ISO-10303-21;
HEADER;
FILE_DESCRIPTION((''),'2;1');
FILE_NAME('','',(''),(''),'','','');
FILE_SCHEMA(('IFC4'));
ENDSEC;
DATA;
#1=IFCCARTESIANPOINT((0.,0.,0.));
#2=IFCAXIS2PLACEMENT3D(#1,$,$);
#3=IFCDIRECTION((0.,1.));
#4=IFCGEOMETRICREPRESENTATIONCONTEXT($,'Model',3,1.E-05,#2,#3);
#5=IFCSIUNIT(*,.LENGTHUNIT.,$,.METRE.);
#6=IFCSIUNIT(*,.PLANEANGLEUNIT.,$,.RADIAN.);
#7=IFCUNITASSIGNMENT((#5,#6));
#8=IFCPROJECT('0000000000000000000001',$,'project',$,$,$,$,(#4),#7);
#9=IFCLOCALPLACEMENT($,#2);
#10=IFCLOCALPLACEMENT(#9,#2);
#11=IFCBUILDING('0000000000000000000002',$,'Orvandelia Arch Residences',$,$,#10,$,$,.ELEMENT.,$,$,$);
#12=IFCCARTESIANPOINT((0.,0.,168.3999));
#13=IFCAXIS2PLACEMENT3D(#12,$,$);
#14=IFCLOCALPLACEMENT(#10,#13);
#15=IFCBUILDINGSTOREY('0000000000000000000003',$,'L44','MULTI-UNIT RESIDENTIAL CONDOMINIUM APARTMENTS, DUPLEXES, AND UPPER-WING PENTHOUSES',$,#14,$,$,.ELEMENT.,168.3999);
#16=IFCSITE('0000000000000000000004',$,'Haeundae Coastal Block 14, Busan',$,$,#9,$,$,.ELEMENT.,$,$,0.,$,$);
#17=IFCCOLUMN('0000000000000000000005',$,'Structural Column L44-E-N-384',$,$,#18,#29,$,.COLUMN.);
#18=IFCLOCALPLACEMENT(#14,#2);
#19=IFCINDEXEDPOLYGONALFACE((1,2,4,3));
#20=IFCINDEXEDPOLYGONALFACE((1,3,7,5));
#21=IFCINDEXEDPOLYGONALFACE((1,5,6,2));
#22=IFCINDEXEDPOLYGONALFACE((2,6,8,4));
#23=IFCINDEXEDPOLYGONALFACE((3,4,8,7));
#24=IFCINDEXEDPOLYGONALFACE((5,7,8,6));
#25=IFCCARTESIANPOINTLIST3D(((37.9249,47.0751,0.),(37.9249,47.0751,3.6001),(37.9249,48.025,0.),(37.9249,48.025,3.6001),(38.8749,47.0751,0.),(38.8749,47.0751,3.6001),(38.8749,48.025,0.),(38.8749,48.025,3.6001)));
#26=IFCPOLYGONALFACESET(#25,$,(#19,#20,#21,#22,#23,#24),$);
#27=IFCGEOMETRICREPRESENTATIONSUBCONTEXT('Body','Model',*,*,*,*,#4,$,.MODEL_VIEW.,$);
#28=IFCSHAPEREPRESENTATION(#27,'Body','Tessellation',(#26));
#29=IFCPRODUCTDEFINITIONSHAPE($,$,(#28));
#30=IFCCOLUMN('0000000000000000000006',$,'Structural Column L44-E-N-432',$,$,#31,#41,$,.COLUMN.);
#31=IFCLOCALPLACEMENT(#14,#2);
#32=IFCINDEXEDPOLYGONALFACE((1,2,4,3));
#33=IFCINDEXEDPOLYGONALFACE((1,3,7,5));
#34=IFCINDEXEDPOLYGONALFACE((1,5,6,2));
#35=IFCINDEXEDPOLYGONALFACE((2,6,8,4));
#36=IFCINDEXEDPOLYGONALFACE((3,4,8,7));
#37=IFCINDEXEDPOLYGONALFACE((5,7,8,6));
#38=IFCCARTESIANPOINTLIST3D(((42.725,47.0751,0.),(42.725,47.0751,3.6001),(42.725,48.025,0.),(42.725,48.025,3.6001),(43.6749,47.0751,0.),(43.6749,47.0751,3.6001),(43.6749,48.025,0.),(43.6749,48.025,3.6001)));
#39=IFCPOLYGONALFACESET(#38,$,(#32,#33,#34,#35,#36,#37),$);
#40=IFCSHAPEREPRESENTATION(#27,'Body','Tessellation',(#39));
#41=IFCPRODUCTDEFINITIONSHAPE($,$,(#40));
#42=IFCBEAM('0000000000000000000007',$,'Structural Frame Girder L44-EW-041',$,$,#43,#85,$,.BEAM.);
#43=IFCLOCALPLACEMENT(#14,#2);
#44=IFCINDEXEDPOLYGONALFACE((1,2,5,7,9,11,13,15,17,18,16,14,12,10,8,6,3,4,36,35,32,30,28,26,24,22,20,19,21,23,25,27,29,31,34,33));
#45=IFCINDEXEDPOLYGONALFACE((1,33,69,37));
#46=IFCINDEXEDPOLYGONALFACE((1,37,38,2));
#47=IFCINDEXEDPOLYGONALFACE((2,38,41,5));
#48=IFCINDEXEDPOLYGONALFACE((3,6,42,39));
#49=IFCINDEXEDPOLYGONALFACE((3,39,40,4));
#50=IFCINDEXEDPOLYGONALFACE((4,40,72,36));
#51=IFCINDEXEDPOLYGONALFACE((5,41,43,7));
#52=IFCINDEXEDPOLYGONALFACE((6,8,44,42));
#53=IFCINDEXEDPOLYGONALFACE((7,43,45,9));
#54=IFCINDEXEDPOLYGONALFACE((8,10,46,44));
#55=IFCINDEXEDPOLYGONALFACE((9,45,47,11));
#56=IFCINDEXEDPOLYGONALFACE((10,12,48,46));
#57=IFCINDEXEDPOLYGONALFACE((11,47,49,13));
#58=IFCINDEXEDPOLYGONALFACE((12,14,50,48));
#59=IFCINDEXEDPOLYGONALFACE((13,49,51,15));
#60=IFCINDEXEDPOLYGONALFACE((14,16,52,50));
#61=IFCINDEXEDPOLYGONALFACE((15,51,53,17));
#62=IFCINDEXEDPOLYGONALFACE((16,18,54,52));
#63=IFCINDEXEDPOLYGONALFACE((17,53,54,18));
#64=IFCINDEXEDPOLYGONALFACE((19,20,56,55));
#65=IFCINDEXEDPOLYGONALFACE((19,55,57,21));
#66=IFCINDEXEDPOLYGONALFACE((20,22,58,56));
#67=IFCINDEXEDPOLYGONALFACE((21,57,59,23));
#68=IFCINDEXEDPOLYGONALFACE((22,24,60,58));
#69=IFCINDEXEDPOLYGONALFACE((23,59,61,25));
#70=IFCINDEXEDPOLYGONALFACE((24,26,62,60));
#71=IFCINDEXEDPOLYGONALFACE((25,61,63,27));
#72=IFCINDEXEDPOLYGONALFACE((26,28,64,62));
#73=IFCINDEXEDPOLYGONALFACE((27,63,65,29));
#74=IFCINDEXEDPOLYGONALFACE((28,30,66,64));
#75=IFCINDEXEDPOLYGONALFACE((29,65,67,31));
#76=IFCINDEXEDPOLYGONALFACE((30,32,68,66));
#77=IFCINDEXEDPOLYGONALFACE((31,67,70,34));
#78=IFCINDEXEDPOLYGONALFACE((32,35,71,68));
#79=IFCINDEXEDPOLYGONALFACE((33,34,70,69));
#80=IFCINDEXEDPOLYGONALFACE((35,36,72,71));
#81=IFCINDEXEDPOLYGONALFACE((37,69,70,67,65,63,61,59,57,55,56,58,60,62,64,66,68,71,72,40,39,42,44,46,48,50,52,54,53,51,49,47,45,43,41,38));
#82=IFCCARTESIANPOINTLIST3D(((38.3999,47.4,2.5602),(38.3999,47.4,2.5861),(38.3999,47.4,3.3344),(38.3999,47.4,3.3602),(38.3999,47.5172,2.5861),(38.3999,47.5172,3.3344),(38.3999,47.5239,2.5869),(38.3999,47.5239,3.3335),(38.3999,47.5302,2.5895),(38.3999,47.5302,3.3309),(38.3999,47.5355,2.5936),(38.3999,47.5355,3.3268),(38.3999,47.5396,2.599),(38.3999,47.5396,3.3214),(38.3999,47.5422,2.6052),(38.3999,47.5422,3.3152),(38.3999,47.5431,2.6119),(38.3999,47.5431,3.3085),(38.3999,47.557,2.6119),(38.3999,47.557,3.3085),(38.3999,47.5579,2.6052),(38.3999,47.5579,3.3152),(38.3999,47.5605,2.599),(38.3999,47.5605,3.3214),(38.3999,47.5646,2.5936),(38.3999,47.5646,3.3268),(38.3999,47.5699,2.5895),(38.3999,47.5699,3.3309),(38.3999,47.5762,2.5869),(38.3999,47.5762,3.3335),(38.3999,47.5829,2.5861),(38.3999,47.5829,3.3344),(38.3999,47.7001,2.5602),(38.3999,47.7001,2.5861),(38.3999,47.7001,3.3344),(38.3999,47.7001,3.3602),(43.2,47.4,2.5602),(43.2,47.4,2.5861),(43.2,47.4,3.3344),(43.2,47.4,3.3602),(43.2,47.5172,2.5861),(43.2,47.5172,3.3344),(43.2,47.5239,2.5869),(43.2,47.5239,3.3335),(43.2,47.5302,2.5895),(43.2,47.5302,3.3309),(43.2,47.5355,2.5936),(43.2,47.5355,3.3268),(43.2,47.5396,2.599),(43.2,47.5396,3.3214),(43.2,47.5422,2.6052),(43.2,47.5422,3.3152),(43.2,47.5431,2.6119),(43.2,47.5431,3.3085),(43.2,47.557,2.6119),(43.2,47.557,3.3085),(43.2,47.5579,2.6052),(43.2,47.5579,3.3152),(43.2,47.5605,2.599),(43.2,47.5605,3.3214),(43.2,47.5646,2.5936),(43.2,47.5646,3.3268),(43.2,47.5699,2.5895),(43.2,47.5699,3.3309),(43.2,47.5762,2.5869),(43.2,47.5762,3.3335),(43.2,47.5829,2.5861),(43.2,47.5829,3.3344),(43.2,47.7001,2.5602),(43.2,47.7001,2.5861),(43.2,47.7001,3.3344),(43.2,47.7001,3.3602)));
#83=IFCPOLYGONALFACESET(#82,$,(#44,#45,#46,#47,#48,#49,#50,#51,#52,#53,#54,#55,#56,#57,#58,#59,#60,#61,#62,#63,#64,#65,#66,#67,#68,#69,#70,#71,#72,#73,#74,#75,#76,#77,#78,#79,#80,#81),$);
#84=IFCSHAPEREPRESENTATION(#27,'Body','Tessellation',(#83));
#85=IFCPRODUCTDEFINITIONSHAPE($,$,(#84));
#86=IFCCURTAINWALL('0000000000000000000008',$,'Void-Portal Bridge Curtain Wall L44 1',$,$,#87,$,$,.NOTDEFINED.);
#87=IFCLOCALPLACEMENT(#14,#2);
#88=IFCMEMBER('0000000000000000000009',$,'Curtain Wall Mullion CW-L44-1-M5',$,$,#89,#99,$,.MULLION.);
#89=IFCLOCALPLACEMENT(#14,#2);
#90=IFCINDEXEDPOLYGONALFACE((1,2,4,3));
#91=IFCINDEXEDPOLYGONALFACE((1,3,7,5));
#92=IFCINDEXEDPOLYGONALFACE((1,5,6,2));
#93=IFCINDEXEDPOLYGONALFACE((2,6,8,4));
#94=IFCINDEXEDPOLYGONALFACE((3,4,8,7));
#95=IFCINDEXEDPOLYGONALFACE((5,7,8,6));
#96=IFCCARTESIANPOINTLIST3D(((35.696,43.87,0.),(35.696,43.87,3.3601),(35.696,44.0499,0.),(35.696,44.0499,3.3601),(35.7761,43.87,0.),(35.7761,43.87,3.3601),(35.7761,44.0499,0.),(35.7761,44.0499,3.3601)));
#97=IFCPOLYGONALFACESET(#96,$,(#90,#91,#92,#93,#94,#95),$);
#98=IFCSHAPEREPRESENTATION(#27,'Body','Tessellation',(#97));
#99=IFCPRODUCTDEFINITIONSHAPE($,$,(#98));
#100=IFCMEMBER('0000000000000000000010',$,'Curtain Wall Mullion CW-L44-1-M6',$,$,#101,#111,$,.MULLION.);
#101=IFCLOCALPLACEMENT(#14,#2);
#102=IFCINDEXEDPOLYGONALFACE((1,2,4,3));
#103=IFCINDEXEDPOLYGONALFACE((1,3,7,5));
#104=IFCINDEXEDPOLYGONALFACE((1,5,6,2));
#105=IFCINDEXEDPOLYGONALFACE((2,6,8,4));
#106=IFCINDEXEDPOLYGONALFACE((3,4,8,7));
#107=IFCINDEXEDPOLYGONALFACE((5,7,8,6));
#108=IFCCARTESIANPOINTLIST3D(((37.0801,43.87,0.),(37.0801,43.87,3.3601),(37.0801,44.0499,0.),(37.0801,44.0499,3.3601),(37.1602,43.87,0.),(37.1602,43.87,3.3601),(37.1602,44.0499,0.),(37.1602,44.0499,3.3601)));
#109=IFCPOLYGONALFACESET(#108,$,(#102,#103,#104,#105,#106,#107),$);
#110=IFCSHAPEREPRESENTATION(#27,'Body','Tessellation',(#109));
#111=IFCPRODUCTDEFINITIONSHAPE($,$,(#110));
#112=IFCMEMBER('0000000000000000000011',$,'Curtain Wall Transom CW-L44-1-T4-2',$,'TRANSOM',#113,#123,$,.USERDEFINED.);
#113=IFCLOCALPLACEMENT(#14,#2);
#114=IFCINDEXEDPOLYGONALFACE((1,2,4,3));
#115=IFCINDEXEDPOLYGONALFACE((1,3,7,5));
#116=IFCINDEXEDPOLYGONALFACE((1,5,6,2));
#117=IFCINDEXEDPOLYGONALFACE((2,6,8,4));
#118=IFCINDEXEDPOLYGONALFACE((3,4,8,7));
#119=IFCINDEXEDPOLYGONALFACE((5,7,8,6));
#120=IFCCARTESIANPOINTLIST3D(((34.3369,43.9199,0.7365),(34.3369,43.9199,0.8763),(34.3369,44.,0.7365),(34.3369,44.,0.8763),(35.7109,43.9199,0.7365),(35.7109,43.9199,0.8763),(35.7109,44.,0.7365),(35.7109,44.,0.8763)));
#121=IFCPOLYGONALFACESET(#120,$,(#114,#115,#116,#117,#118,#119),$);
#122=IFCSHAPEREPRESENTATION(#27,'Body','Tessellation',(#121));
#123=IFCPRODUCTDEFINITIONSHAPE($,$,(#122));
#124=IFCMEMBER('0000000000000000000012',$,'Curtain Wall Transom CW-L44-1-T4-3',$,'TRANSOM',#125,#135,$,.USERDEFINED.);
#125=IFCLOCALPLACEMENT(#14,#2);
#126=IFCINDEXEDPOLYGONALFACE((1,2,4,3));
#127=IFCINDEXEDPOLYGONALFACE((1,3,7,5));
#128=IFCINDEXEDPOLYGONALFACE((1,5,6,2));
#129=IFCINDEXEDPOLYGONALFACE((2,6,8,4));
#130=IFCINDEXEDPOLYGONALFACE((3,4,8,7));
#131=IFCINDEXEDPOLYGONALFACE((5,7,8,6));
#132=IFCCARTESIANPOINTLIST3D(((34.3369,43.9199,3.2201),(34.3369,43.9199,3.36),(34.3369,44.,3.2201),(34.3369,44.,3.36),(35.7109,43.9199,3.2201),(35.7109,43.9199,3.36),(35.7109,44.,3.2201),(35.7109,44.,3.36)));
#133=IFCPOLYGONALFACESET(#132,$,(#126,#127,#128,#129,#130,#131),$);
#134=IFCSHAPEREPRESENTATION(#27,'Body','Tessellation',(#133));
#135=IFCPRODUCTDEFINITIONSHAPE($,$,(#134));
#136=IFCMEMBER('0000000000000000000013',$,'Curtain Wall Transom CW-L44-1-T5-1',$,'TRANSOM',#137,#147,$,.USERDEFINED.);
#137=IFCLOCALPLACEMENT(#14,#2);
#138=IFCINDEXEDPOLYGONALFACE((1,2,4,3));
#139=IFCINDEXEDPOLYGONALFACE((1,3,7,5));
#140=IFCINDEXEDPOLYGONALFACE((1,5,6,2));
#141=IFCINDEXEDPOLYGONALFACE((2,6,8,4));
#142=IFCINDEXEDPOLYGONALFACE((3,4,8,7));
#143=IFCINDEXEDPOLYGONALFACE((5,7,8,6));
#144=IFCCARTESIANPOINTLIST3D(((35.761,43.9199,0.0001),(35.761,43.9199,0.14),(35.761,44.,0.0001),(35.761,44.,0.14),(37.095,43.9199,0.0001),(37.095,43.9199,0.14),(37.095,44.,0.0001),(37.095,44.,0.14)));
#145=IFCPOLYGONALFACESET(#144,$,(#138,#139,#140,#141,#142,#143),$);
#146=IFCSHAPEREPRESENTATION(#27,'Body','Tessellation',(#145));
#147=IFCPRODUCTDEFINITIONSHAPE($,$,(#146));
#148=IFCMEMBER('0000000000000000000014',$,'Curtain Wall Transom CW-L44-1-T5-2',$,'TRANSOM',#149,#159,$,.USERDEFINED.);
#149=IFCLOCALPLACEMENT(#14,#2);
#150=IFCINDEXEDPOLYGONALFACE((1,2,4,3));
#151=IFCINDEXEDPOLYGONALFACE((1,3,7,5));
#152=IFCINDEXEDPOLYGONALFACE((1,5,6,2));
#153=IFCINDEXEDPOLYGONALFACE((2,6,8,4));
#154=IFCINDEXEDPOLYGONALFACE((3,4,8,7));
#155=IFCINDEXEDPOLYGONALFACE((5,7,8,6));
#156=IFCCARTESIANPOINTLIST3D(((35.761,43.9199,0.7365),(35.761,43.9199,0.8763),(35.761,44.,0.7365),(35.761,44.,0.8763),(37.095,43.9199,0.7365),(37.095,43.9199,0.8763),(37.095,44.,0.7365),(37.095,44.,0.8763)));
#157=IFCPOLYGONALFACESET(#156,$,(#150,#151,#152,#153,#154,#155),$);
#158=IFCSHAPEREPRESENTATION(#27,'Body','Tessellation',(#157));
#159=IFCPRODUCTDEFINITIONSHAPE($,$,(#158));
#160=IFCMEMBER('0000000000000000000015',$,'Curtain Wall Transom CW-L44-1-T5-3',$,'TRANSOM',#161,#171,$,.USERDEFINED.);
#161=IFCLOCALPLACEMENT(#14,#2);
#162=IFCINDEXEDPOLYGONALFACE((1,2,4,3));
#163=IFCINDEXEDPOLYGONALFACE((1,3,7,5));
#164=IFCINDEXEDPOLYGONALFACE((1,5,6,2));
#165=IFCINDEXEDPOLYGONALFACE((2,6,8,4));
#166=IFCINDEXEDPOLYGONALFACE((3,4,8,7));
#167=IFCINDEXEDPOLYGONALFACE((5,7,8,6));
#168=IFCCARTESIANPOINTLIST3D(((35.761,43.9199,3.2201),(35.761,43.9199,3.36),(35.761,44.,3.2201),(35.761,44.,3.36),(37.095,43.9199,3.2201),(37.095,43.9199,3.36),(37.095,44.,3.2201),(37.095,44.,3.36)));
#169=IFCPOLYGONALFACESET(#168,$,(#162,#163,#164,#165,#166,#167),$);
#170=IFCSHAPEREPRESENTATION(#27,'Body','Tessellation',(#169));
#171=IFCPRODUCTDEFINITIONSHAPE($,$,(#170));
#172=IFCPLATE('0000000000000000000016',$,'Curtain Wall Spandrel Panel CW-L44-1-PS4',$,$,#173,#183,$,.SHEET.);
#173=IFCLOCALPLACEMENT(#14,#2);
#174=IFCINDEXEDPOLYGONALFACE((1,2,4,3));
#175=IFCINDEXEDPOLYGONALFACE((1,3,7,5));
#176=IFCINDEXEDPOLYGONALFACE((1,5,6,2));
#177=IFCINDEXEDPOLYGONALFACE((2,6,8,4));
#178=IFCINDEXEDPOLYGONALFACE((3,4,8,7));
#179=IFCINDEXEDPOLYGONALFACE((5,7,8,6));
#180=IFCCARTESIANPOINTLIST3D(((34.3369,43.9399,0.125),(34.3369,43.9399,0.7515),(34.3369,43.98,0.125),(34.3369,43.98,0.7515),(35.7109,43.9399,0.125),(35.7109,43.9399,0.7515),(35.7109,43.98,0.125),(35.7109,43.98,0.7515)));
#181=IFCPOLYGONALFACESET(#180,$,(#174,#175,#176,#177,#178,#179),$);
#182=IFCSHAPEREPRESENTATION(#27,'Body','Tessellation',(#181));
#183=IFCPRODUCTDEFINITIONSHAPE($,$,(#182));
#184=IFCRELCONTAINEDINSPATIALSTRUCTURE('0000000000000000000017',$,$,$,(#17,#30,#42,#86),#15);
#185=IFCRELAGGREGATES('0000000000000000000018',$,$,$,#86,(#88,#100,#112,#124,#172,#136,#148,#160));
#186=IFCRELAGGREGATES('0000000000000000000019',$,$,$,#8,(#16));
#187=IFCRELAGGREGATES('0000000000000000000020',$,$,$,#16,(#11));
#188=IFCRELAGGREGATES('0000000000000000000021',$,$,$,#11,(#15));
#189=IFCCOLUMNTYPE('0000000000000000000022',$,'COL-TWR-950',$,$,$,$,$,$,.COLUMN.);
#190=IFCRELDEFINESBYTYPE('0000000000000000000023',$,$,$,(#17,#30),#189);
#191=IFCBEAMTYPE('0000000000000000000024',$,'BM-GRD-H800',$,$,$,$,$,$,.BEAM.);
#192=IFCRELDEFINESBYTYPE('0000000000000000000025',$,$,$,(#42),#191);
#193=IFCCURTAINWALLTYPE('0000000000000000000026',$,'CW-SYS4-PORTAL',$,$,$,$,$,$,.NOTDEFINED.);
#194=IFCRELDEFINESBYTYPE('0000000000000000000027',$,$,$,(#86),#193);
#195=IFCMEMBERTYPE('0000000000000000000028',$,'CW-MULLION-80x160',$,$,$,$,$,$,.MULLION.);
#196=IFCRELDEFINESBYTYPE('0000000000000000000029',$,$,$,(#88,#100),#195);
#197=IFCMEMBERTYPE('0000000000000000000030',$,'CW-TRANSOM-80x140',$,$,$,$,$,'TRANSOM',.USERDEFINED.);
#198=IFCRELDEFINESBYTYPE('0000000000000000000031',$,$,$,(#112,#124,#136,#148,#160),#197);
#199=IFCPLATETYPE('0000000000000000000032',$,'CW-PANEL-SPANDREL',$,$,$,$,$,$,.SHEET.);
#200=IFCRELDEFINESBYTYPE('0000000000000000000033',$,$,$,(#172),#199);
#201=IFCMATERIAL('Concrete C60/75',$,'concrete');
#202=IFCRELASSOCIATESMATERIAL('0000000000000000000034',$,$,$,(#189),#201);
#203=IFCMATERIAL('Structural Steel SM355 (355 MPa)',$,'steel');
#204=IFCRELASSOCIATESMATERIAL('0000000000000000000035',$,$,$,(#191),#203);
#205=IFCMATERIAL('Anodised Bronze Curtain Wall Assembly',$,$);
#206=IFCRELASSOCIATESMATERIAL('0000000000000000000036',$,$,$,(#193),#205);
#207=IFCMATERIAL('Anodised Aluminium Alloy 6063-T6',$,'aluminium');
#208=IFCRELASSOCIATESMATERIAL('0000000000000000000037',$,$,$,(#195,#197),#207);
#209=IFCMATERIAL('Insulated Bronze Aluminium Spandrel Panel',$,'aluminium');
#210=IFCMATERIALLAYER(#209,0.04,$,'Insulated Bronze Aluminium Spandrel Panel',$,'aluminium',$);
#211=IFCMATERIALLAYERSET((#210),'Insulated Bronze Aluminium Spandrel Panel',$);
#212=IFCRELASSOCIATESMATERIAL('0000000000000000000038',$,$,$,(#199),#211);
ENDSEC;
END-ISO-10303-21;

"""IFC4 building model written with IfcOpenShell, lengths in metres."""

from ifc_helpers import new_model, si_unit, direction, frame, origin, origin_2d, place, context, subcontext, project, spatial, rectangle, i_section, extrude, material, layer, layer_set, material_profile, profile_set, type_object, element, aggregate, save


model = new_model("IFC4")

# Units and contexts
model_context = context("Model", 3, precision=1e-05, world=origin(), true_north=direction((0.0, 1.0)))
body_context = subcontext(model_context, "Body", "Model", "MODEL_VIEW")
ifc_project = project(units=[si_unit("LENGTHUNIT", "METRE"), si_unit("PLANEANGLEUNIT", "RADIAN")], contexts=[model_context])

# Site, building, storey
site_placement = place(None, origin())
site = spatial("IfcSite", under=ifc_project, at=site_placement, Name="Haeundae Coastal Block 14, Busan", CompositionType="ELEMENT", RefElevation=0.0)
building_placement = place(site_placement, origin())
building = spatial("IfcBuilding", under=site, at=building_placement, Name="Orvandelia Arch Residences", CompositionType="ELEMENT")
storey_placement = place(building_placement, frame((0.0, 0.0, 168.3999)))
storey = spatial("IfcBuildingStorey", under=building, at=storey_placement, Name="L44", Description="MULTI-UNIT RESIDENTIAL CONDOMINIUM APARTMENTS, DUPLEXES, AND UPPER-WING PENTHOUSES", CompositionType="ELEMENT", Elevation=168.3999)

# Columns
ifc_material_1 = material(Name="Concrete C60/75", Category="concrete")
ifc_material_profile_1 = material_profile(ifc_material_1, rectangle(XDim=0.95, YDim=0.95, at=origin_2d()), Name="Concrete C60/75", Category="concrete")
ifc_profile_set_1 = profile_set([ifc_material_profile_1], Name="Concrete C60/75")
column_type = type_object("IfcColumnType", Name="COL-TWR-950", PredefinedType="COLUMN", material=ifc_profile_set_1)
for number, where, z_axis, x_axis, name in (
    (1, (38.3999, 47.55, 0.0), (0.0, 0.0, 1.0), (1.0, 0.0, 0.0), "Structural Column L44-E-N-384"),
    (2, (43.2, 47.55, 0.0), (0.0, 0.0, 1.0), (1.0, 0.0, 0.0), "Structural Column L44-E-N-432"),
):
    element("IfcColumn", number, at=place(storey_placement, frame(where, z_axis=z_axis, x_axis=x_axis)), inside=storey, type_object=column_type, Name=name, PredefinedType="COLUMN", context=body_context, shape_type="SweptSolid", body=[
        extrude(rectangle(XDim=0.95, YDim=0.95, at=origin_2d()), origin(), (0.0, 0.0, 1.0), 3.6001),
    ])

# Beam
ifc_material_2 = material(Name="Structural Steel SM355 (355 MPa)", Category="steel")
ifc_material_profile_2 = material_profile(ifc_material_2, i_section(OverallWidth=0.3, OverallDepth=0.8, WebThickness=0.0139, FlangeThickness=0.0259, FilletRadius=0.0259, at=origin_2d()), Name="Structural Steel SM355 (355 MPa)", Category="steel")
ifc_profile_set_2 = profile_set([ifc_material_profile_2], Name="Structural Steel SM355 (355 MPa)")
beam_type = type_object("IfcBeamType", Name="BM-GRD-H800", PredefinedType="BEAM", material=ifc_profile_set_2)
beam_placement = place(storey_placement, frame((38.3999, 47.55, 2.9602), z_axis=(1.0, 0.0, 0.0), x_axis=(0.0, 1.0, 0.0)))
element("IfcBeam", 3, at=beam_placement, inside=storey, type_object=beam_type, Name="Structural Frame Girder L44-EW-041", PredefinedType="BEAM", context=body_context, shape_type="SweptSolid", body=[
    extrude(i_section(OverallWidth=0.3, OverallDepth=0.8, WebThickness=0.0139, FlangeThickness=0.0259, FilletRadius=0.0259, at=origin_2d()), origin(), (0.0, 0.0, 1.0), 4.8),
])

# Curtain wall, members, plate
ifc_material_3 = material(Name="Anodised Bronze Curtain Wall Assembly")
curtain_wall_type = type_object("IfcCurtainWallType", Name="CW-SYS4-PORTAL", PredefinedType="NOTDEFINED", material=ifc_material_3)
curtain_wall_placement = place(storey_placement, origin())
curtain_wall = element("IfcCurtainWall", 4, at=curtain_wall_placement, inside=storey, type_object=curtain_wall_type, Name="Void-Portal Bridge Curtain Wall L44 1", PredefinedType="NOTDEFINED")
ifc_material_4 = material(Name="Anodised Aluminium Alloy 6063-T6", Category="aluminium")
ifc_material_profile_3 = material_profile(ifc_material_4, rectangle(XDim=0.0801, YDim=0.1799, at=origin_2d()), Name="Anodised Aluminium Alloy 6063-T6", Category="aluminium")
ifc_profile_set_3 = profile_set([ifc_material_profile_3], Name="Anodised Aluminium Alloy 6063-T6")
member_type_1 = type_object("IfcMemberType", Name="CW-MULLION-80x160", PredefinedType="MULLION", material=ifc_profile_set_3)
member_1_placement = place(storey_placement, frame((35.7361, 43.96, 0.0), z_axis=(0.0, 0.0, 1.0), x_axis=(1.0, 0.0, 0.0)))
member_1 = element("IfcMember", 5, at=member_1_placement, type_object=member_type_1, Name="Curtain Wall Mullion CW-L44-1-M5", PredefinedType="MULLION", context=body_context, shape_type="SweptSolid", body=[
    extrude(rectangle(XDim=0.0801, YDim=0.1799, at=origin_2d()), origin(), (0.0, 0.0, 1.0), 3.3601),
])
member_2_placement = place(storey_placement, frame((37.1201, 43.96, 0.0), z_axis=(0.0, 0.0, 1.0), x_axis=(1.0, 0.0, 0.0)))
member_2 = element("IfcMember", 6, at=member_2_placement, type_object=member_type_1, Name="Curtain Wall Mullion CW-L44-1-M6", PredefinedType="MULLION", context=body_context, shape_type="SweptSolid", body=[
    extrude(rectangle(XDim=0.0801, YDim=0.1799, at=origin_2d()), origin(), (0.0, 0.0, 1.0), 3.3601),
])
ifc_material_profile_4 = material_profile(ifc_material_4, rectangle(XDim=0.0801, YDim=0.1399, at=origin_2d()), Name="Anodised Aluminium Alloy 6063-T6", Category="aluminium")
ifc_profile_set_4 = profile_set([ifc_material_profile_4], Name="Anodised Aluminium Alloy 6063-T6")
member_type_2 = type_object("IfcMemberType", Name="CW-TRANSOM-80x140", ElementType="TRANSOM", PredefinedType="USERDEFINED", material=ifc_profile_set_4)
member_3_placement = place(storey_placement, frame((34.3369, 43.96, 0.8064), z_axis=(1.0, 0.0, 0.0), x_axis=(0.0, 1.0, 0.0)))
member_3 = element("IfcMember", 7, at=member_3_placement, type_object=member_type_2, Name="Curtain Wall Transom CW-L44-1-T4-2", ObjectType="TRANSOM", PredefinedType="USERDEFINED", context=body_context, shape_type="SweptSolid", body=[
    extrude(rectangle(XDim=0.0801, YDim=0.1399, at=origin_2d()), origin(), (0.0, 0.0, 1.0), 1.374),
])
member_4_placement = place(storey_placement, frame((34.3369, 43.96, 3.29), z_axis=(1.0, 0.0, 0.0), x_axis=(0.0, 1.0, 0.0)))
member_4 = element("IfcMember", 8, at=member_4_placement, type_object=member_type_2, Name="Curtain Wall Transom CW-L44-1-T4-3", ObjectType="TRANSOM", PredefinedType="USERDEFINED", context=body_context, shape_type="SweptSolid", body=[
    extrude(rectangle(XDim=0.0801, YDim=0.1399, at=origin_2d()), origin(), (0.0, 0.0, 1.0), 1.374),
])
member_5_placement = place(storey_placement, frame((35.761, 43.96, 0.0701), z_axis=(1.0, 0.0, 0.0), x_axis=(0.0, 1.0, 0.0)))
member_5 = element("IfcMember", 9, at=member_5_placement, type_object=member_type_2, Name="Curtain Wall Transom CW-L44-1-T5-1", ObjectType="TRANSOM", PredefinedType="USERDEFINED", context=body_context, shape_type="SweptSolid", body=[
    extrude(rectangle(XDim=0.0801, YDim=0.1399, at=origin_2d()), origin(), (0.0, 0.0, 1.0), 1.334),
])
member_6_placement = place(storey_placement, frame((35.761, 43.96, 0.8064), z_axis=(1.0, 0.0, 0.0), x_axis=(0.0, 1.0, 0.0)))
member_6 = element("IfcMember", 10, at=member_6_placement, type_object=member_type_2, Name="Curtain Wall Transom CW-L44-1-T5-2", ObjectType="TRANSOM", PredefinedType="USERDEFINED", context=body_context, shape_type="SweptSolid", body=[
    extrude(rectangle(XDim=0.0801, YDim=0.1399, at=origin_2d()), origin(), (0.0, 0.0, 1.0), 1.334),
])
member_7_placement = place(storey_placement, frame((35.761, 43.96, 3.29), z_axis=(1.0, 0.0, 0.0), x_axis=(0.0, 1.0, 0.0)))
member_7 = element("IfcMember", 11, at=member_7_placement, type_object=member_type_2, Name="Curtain Wall Transom CW-L44-1-T5-3", ObjectType="TRANSOM", PredefinedType="USERDEFINED", context=body_context, shape_type="SweptSolid", body=[
    extrude(rectangle(XDim=0.0801, YDim=0.1399, at=origin_2d()), origin(), (0.0, 0.0, 1.0), 1.334),
])
ifc_material_5 = material(Name="Insulated Bronze Aluminium Spandrel Panel", Category="aluminium")
ifc_layer_1 = layer(ifc_material_5, 0.04, Name="Insulated Bronze Aluminium Spandrel Panel", Category="aluminium")
ifc_layer_set_1 = layer_set([ifc_layer_1], Name="Insulated Bronze Aluminium Spandrel Panel")
plate_type_1 = type_object("IfcPlateType", Name="CW-PANEL-SPANDREL", PredefinedType="SHEET", material=ifc_layer_set_1)
plate_1_placement = place(storey_placement, frame((35.0239, 43.96, 0.125), z_axis=(0.0, 0.0, 1.0), x_axis=(1.0, 0.0, 0.0)))
plate_1 = element("IfcPlate", 12, at=plate_1_placement, type_object=plate_type_1, Name="Curtain Wall Spandrel Panel CW-L44-1-PS4", PredefinedType="SHEET", context=body_context, shape_type="SweptSolid", body=[
    extrude(rectangle(XDim=1.374, YDim=0.04, at=origin_2d()), origin(), (0.0, 0.0, 1.0), 0.6265),
])
aggregate(curtain_wall, [member_1, member_2, member_3, member_4, plate_1, member_5, member_6, member_7])

save(model, "model.ifc")
